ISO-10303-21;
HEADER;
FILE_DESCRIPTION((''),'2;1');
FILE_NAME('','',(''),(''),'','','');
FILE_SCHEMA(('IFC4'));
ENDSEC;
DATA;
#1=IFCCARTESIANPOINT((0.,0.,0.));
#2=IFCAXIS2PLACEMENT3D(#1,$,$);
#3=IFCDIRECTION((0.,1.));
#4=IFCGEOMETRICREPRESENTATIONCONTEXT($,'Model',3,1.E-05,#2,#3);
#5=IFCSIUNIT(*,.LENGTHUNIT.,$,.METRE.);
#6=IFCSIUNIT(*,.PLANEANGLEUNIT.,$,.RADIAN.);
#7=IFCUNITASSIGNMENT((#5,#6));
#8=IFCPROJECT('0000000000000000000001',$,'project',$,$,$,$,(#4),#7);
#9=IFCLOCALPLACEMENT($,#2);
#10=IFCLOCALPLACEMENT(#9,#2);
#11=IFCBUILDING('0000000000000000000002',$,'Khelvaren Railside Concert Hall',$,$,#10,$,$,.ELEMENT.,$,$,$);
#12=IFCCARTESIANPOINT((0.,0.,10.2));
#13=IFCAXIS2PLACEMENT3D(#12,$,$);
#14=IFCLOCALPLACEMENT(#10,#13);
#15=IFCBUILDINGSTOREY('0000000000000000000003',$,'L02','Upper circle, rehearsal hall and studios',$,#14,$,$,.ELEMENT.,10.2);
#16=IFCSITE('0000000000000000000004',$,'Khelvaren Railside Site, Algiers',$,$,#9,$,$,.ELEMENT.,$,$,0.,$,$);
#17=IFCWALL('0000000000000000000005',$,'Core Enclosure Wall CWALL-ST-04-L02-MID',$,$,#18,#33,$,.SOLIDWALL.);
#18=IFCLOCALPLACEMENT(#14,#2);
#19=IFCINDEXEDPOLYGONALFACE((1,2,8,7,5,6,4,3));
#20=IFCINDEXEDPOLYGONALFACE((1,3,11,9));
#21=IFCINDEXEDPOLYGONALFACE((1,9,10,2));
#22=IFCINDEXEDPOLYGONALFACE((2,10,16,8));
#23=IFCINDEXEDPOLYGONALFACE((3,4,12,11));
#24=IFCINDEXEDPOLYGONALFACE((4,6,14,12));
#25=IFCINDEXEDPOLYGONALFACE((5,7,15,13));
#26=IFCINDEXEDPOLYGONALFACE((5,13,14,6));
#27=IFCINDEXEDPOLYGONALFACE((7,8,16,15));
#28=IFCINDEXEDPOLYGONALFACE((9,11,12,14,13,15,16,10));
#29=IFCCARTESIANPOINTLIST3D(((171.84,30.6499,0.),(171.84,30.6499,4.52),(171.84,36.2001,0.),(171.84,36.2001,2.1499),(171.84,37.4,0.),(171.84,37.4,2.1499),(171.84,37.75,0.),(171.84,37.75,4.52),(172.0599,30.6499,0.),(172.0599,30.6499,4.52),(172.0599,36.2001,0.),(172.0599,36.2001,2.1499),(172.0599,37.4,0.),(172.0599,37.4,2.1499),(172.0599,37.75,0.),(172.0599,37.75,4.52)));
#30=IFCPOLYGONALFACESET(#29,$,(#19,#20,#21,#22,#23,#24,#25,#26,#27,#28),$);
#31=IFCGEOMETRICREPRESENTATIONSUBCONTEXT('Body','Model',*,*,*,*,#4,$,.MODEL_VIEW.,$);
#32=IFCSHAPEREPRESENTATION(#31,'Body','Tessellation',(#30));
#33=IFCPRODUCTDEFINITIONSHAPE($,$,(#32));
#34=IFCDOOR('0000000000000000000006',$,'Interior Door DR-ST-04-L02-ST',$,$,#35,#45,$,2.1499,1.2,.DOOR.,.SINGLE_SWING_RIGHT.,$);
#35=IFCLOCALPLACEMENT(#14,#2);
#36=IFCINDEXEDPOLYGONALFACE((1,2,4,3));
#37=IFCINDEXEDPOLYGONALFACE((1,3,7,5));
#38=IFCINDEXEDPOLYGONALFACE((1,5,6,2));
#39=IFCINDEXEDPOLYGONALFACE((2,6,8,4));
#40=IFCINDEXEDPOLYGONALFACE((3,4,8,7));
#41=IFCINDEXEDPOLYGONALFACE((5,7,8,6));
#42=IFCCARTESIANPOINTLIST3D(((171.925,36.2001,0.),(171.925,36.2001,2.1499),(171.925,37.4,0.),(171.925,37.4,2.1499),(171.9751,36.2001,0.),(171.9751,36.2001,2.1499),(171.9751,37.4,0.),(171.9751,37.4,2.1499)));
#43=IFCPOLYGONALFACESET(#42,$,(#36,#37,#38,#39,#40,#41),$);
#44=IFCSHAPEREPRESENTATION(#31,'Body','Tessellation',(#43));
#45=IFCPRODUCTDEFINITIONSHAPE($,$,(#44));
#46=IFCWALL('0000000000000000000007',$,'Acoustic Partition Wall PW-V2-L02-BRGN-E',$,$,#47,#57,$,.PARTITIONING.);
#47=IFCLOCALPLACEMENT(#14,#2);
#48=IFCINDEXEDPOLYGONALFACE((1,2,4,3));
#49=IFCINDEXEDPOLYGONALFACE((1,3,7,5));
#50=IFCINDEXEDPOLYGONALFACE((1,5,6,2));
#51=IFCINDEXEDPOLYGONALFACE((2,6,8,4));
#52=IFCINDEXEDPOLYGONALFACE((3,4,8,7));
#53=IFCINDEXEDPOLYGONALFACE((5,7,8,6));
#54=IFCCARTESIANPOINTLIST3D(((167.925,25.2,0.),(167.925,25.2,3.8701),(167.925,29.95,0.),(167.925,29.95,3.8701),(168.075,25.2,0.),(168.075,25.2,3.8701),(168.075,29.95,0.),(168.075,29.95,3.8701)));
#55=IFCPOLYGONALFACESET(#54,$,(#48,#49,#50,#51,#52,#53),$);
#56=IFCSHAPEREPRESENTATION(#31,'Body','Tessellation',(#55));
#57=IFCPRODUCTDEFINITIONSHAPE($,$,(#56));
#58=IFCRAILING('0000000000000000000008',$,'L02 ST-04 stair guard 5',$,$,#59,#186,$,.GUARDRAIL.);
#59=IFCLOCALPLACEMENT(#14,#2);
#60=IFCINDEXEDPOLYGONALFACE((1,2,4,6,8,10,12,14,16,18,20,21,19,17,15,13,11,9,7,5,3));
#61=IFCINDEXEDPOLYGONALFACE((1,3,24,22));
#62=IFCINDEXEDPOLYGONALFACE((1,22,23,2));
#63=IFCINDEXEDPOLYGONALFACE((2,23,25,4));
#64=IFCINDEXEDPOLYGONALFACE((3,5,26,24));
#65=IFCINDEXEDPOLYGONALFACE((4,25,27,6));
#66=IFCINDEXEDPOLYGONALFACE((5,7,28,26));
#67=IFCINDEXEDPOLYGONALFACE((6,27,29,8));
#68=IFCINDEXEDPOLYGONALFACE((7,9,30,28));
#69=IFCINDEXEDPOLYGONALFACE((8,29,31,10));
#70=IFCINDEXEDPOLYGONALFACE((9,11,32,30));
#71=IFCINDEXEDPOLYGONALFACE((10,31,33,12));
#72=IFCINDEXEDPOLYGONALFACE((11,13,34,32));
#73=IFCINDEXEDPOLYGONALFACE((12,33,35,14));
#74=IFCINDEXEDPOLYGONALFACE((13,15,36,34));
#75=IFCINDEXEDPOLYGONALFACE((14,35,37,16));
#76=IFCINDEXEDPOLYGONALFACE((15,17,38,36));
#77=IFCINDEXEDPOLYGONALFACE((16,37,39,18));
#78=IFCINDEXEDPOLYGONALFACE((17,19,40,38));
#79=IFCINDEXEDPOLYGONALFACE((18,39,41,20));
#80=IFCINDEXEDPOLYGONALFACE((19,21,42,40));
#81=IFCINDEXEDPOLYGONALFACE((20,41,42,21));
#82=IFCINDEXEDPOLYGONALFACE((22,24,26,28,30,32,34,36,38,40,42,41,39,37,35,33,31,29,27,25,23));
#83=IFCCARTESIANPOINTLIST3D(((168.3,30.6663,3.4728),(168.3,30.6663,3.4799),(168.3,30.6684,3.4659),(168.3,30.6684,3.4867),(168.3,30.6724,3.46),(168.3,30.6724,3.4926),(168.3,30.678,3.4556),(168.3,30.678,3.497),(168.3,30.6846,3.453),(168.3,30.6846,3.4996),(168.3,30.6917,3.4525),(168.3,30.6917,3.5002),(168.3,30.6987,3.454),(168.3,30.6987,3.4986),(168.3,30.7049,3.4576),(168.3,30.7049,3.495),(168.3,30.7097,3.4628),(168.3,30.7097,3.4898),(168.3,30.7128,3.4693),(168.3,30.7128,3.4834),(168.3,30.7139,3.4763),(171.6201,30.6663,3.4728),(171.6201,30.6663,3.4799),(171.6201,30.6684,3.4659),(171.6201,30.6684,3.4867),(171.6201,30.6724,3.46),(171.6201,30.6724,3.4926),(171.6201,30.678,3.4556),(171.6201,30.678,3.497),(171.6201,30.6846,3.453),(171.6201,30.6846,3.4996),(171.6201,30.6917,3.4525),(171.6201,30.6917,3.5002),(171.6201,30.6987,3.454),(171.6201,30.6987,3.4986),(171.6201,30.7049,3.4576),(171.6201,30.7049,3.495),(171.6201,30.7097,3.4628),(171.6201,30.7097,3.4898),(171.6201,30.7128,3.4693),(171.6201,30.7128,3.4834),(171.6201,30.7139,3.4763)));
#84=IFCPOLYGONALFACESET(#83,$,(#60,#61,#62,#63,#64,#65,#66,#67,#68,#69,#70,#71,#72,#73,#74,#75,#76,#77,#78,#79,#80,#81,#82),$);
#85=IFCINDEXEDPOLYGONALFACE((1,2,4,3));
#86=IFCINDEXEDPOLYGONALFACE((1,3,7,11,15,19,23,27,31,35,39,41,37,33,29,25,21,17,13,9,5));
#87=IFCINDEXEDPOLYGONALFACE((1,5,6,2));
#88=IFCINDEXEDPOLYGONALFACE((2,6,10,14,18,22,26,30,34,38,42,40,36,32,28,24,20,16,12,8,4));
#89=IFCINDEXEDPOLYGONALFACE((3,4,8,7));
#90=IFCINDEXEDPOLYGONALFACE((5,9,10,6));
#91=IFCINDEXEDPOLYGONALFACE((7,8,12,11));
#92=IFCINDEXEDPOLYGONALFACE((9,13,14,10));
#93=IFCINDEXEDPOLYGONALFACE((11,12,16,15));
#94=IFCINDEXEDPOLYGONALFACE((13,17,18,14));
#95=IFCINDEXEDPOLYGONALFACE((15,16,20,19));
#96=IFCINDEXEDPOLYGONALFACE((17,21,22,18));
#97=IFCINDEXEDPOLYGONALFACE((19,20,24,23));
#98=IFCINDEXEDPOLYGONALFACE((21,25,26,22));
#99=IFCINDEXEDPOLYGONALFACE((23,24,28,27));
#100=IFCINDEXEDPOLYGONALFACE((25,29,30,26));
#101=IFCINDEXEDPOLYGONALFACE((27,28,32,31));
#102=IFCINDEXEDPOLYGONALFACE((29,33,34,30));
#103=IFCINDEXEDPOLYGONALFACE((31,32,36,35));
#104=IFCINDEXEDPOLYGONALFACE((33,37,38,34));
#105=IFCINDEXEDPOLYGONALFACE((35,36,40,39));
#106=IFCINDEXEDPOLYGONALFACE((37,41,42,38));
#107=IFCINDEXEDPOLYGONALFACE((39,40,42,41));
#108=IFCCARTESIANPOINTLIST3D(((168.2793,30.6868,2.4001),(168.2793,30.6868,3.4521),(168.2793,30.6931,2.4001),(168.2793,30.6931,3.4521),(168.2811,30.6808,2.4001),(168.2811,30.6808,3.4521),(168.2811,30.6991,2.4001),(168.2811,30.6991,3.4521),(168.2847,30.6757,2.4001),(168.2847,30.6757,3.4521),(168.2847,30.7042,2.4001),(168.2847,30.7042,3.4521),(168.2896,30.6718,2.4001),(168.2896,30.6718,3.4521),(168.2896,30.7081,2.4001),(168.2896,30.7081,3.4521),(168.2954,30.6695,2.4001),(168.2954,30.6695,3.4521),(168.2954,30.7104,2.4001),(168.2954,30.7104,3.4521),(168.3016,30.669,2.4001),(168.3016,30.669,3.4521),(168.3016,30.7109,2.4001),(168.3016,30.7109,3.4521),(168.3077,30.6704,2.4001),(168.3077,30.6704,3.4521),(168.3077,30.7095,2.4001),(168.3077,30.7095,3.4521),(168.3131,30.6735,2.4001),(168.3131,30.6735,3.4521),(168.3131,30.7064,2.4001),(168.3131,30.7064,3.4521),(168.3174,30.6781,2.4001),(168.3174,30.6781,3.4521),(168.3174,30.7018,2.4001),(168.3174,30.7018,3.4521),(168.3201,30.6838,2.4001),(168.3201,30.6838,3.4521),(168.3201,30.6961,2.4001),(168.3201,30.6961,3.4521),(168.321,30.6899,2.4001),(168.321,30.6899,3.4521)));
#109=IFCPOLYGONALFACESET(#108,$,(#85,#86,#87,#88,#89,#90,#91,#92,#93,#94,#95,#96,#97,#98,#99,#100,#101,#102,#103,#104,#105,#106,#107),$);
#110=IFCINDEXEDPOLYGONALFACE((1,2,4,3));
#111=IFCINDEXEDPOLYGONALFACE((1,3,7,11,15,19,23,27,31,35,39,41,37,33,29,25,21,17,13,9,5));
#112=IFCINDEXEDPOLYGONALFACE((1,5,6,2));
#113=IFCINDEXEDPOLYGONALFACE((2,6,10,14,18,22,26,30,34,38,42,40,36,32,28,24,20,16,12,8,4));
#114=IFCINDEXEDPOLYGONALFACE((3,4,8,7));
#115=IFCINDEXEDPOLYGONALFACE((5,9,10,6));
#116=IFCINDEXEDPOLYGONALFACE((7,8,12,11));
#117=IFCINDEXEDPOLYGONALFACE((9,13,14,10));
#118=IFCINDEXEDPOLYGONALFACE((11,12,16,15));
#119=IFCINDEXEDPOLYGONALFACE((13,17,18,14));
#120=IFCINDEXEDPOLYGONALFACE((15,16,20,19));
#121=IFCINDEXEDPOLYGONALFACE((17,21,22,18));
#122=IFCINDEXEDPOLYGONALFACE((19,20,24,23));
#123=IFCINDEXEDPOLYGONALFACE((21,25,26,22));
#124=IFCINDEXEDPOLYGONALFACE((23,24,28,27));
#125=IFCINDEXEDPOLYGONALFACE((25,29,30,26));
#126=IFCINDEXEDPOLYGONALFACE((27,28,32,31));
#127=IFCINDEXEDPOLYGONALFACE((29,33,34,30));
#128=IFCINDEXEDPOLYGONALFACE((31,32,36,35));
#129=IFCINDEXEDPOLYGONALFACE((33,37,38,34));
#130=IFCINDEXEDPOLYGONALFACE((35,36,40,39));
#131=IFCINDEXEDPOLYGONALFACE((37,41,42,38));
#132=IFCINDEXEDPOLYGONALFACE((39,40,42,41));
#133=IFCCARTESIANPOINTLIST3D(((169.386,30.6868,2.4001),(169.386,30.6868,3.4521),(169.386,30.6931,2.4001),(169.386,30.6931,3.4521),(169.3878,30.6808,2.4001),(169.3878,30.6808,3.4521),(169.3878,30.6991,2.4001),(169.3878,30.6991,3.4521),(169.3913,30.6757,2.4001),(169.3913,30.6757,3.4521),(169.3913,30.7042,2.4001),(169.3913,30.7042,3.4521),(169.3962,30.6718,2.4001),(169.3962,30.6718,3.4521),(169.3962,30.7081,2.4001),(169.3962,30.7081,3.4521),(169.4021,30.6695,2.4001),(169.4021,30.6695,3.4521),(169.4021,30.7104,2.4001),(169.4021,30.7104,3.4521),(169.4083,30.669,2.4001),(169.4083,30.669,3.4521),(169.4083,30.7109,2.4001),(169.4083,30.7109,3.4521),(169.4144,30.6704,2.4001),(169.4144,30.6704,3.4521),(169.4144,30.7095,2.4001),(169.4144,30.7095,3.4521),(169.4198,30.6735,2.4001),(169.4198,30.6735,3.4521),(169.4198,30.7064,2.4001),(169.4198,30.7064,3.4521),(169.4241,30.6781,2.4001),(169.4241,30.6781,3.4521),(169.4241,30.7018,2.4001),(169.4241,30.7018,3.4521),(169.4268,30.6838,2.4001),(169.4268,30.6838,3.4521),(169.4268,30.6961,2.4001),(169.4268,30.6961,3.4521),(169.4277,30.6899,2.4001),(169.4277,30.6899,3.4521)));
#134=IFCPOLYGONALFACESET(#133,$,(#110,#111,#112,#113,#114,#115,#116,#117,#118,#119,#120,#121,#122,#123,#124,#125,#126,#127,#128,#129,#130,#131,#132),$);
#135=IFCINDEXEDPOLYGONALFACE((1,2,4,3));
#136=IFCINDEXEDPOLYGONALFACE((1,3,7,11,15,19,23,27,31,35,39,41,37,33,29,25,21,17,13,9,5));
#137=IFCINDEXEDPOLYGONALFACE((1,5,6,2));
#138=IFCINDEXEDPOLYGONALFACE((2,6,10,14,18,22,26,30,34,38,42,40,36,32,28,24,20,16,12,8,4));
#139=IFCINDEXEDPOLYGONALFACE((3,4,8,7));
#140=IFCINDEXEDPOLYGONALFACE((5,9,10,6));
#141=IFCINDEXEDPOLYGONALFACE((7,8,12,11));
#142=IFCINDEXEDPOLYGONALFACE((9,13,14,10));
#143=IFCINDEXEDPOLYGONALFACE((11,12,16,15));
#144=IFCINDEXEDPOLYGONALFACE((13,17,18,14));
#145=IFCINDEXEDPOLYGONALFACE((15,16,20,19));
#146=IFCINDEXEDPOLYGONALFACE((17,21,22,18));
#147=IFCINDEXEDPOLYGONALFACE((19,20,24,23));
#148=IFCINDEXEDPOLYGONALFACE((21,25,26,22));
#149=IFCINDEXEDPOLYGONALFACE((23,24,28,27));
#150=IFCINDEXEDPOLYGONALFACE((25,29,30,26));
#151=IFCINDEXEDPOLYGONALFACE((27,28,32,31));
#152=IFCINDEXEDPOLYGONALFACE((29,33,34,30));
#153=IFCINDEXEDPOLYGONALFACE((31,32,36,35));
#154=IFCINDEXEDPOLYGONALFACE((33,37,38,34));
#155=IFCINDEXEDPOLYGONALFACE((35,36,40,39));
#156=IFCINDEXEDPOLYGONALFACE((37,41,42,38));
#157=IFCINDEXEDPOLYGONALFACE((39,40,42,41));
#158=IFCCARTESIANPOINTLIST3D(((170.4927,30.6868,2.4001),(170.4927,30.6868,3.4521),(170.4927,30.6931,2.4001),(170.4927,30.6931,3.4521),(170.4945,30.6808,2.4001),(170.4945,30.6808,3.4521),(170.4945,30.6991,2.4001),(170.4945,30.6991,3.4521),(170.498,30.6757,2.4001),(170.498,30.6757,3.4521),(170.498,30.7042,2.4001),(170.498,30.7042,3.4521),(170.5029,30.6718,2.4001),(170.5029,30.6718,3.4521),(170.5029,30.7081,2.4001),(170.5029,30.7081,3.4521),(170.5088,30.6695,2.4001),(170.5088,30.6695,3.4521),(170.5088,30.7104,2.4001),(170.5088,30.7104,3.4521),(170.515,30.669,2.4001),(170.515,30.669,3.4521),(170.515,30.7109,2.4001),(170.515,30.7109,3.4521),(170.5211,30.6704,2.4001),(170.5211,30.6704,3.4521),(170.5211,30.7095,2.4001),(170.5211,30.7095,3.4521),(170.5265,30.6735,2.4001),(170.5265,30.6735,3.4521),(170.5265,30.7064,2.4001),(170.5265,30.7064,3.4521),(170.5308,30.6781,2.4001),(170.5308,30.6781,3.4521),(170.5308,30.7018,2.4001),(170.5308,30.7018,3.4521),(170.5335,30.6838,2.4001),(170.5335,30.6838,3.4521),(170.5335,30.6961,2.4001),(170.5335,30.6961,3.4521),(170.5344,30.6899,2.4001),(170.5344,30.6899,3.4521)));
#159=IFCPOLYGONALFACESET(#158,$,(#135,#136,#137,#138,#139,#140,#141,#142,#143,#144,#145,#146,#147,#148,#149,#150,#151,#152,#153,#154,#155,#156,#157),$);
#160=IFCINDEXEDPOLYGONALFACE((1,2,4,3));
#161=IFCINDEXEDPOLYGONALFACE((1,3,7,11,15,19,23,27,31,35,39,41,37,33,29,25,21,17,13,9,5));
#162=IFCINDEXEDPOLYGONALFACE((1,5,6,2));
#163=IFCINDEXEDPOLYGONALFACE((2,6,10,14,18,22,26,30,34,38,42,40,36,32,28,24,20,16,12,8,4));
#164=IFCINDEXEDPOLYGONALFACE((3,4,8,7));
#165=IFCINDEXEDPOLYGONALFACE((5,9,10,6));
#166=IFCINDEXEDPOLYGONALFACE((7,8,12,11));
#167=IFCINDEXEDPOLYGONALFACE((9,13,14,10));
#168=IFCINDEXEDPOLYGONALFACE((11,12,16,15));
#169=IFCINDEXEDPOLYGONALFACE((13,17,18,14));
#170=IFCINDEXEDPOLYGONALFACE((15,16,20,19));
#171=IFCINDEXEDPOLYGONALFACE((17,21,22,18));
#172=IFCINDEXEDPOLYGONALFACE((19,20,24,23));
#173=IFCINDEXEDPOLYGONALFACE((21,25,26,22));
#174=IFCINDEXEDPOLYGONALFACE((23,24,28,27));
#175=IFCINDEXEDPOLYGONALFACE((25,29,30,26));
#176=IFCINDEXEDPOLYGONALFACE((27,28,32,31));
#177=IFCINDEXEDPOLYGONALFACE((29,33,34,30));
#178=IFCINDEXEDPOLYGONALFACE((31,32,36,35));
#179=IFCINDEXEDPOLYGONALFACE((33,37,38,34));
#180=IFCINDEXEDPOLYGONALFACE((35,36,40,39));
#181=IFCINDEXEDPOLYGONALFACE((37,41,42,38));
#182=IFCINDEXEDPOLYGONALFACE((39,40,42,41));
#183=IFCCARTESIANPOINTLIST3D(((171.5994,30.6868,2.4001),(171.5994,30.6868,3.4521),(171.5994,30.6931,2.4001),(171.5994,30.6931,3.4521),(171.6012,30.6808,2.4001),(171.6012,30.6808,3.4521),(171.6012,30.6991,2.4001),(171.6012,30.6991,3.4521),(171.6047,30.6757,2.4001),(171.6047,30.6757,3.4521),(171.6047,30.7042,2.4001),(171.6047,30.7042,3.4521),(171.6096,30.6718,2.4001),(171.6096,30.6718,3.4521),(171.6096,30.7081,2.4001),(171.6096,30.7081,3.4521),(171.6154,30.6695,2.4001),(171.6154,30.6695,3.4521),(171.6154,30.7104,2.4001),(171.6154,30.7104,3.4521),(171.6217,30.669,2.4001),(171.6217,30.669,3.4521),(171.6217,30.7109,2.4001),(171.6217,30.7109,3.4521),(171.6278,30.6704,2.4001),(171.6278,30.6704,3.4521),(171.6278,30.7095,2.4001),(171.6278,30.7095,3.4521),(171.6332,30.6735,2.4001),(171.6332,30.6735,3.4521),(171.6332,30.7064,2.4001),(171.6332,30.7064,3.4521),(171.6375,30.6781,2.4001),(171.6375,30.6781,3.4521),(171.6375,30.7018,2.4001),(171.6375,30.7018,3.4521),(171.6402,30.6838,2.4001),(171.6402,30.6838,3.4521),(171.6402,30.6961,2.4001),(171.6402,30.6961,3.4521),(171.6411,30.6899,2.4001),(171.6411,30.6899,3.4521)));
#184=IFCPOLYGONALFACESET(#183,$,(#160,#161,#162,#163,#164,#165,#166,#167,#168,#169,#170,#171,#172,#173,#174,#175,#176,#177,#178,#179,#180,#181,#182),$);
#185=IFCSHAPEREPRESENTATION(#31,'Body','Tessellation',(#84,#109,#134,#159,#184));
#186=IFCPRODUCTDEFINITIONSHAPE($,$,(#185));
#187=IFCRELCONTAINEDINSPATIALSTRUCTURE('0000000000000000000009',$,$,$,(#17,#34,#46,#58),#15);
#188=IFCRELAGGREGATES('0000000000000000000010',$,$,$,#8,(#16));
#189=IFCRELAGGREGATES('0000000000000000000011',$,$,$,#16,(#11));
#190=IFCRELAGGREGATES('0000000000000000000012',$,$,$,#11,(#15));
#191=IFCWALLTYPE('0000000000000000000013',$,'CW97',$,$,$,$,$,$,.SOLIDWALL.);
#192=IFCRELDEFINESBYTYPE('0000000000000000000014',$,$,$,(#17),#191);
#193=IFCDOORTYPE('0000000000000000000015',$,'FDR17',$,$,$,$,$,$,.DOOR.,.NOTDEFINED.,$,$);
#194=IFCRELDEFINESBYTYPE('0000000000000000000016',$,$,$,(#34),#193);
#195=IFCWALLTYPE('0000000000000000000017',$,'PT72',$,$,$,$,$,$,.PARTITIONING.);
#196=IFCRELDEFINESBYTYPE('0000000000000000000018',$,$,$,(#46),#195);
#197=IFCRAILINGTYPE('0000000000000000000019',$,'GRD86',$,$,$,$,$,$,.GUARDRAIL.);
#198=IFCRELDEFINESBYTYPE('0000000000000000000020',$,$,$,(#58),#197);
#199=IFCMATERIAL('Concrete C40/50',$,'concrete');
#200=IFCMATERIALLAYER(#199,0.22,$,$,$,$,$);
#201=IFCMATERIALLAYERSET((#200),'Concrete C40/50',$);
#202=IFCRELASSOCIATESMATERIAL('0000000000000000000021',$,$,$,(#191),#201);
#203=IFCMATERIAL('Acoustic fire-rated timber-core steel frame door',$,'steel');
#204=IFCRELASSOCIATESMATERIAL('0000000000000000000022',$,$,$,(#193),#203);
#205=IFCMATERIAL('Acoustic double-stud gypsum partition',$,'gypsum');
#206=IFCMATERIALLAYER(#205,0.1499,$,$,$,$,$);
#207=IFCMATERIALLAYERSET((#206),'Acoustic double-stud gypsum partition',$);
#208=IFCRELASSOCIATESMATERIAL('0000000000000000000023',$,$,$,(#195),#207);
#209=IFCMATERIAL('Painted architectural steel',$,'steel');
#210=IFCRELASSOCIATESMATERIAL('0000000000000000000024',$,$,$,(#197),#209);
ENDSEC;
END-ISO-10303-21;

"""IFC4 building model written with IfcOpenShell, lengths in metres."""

from ifc_helpers import new_model, si_unit, direction, frame, frame_2d, origin, origin_2d, place, context, subcontext, project, spatial, rectangle, circle, extrude, material, layer, layer_set, type_object, element, fill, save


model = new_model("IFC4")

# Units and contexts
model_context = context("Model", 3, precision=1e-05, world=origin(), true_north=direction((0.0, 1.0)))
body_context = subcontext(model_context, "Body", "Model", "MODEL_VIEW")
ifc_project = project(units=[si_unit("LENGTHUNIT", "METRE"), si_unit("PLANEANGLEUNIT", "RADIAN")], contexts=[model_context])

# Site, building, storey
site_placement = place(None, origin())
site = spatial("IfcSite", under=ifc_project, at=site_placement, Name="Khelvaren Railside Site, Algiers", CompositionType="ELEMENT", RefElevation=0.0)
building_placement = place(site_placement, origin())
building = spatial("IfcBuilding", under=site, at=building_placement, Name="Khelvaren Railside Concert Hall", CompositionType="ELEMENT")
storey_placement = place(building_placement, frame((0.0, 0.0, 10.2)))
storey = spatial("IfcBuildingStorey", under=building, at=storey_placement, Name="L02", Description="Upper circle, rehearsal hall and studios", CompositionType="ELEMENT", Elevation=10.2)

# Shared definitions
ifc_material_1 = material(Name="Concrete C40/50", Category="concrete")

# Wall, opening, door
ifc_material_2 = material(Name="Acoustic fire-rated timber-core steel frame door", Category="steel")
ifc_layer_1 = layer(ifc_material_1, 0.22)
ifc_layer_set_1 = layer_set([ifc_layer_1], Name="Concrete C40/50")
wall_type_1 = type_object("IfcWallType", Name="CW97", PredefinedType="SOLIDWALL", material=ifc_layer_set_1)
wall_1_placement = place(storey_placement, frame((171.95, 30.6499, 0.0), z_axis=(0.0, 0.0, 1.0), x_axis=(0.0, 1.0, 0.0)))
wall_1 = element("IfcWall", 1, at=wall_1_placement, inside=storey, type_object=wall_type_1, Name="Core Enclosure Wall CWALL-ST-04-L02-MID", PredefinedType="SOLIDWALL", context=body_context, shape_type="SweptSolid", body=[
    extrude(rectangle(XDim=7.1001, YDim=0.22, at=frame_2d((3.55, 0.0))), origin(), (0.0, 0.0, 1.0), 4.52),
])
opening_1_placement = place(wall_1_placement, frame((5.55, 0.0, 0.0)))
opening_1 = element("IfcOpeningElement", 2, at=opening_1_placement, cuts=wall_1, PredefinedType="OPENING", context=body_context, shape_type="SweptSolid", body=[
    extrude(rectangle(XDim=1.2, YDim=2.1499, at=frame_2d((0.6001, 1.075))), frame((0.0, 0.1199, 0.0), z_axis=(0.0, -1.0, 0.0), x_axis=(1.0, 0.0, 0.0)), (0.0, 0.0, 1.0), 0.24),
])
door_type_1 = type_object("IfcDoorType", Name="FDR17", OperationType="NOTDEFINED", PredefinedType="DOOR", material=ifc_material_2)
door_1_placement = place(opening_1_placement, origin())
door_1 = element("IfcDoor", 3, at=door_1_placement, inside=storey, type_object=door_type_1, Name="Interior Door DR-ST-04-L02-ST", OperationType="SINGLE_SWING_RIGHT", OverallHeight=2.1499, OverallWidth=1.2, PredefinedType="DOOR", context=body_context, shape_type="SweptSolid", body=[
    extrude(rectangle(XDim=1.2, YDim=2.1499, at=frame_2d((0.6001, 1.075))), frame((0.0, 0.0249, 0.0), z_axis=(0.0, -1.0, 0.0), x_axis=(1.0, 0.0, 0.0)), (0.0, 0.0, 1.0), 0.05),
])
fill(opening_1, door_1)

# Wall
ifc_material_3 = material(Name="Acoustic double-stud gypsum partition", Category="gypsum")
ifc_layer_2 = layer(ifc_material_3, 0.1499)
ifc_layer_set_2 = layer_set([ifc_layer_2], Name="Acoustic double-stud gypsum partition")
wall_type_2 = type_object("IfcWallType", Name="PT72", PredefinedType="PARTITIONING", material=ifc_layer_set_2)
wall_2_placement = place(storey_placement, frame((168.0, 25.2, 0.0), z_axis=(0.0, 0.0, 1.0), x_axis=(0.0, 1.0, 0.0)))
element("IfcWall", 4, at=wall_2_placement, inside=storey, type_object=wall_type_2, Name="Acoustic Partition Wall PW-V2-L02-BRGN-E", PredefinedType="PARTITIONING", context=body_context, shape_type="SweptSolid", body=[
    extrude(rectangle(XDim=4.75, YDim=0.1499, at=frame_2d((2.375, 0.0))), origin(), (0.0, 0.0, 1.0), 3.8701),
])

# Railing
ifc_material_4 = material(Name="Painted architectural steel", Category="steel")
railing_type = type_object("IfcRailingType", Name="GRD86", PredefinedType="GUARDRAIL", material=ifc_material_4)
railing_1_placement = place(storey_placement, frame((168.3, 30.6899, 2.4001)))
element("IfcRailing", 5, at=railing_1_placement, inside=storey, type_object=railing_type, Name="L02 ST-04 stair guard 5", PredefinedType="GUARDRAIL", context=body_context, shape_type="SweptSolid", body=[
    extrude(circle(Radius=0.0239, at=origin_2d()), frame((0.0, 0.0, 1.0762), z_axis=(1.0, 0.0, 0.0), x_axis=(0.0, 1.0, 0.0)), (0.0, 0.0, 1.0), 3.3201),
    extrude(circle(Radius=0.021, at=origin_2d()), origin(), (0.0, 0.0, 1.0), 1.052),
    extrude(circle(Radius=0.021, at=origin_2d()), frame((1.1067, 0.0, 0.0)), (0.0, 0.0, 1.0), 1.052),
    extrude(circle(Radius=0.021, at=origin_2d()), frame((2.2134, 0.0, 0.0)), (0.0, 0.0, 1.0), 1.052),
    extrude(circle(Radius=0.021, at=origin_2d()), frame((3.3201, 0.0, 0.0)), (0.0, 0.0, 1.0), 1.052),
])

save(model, "model.ifc")
